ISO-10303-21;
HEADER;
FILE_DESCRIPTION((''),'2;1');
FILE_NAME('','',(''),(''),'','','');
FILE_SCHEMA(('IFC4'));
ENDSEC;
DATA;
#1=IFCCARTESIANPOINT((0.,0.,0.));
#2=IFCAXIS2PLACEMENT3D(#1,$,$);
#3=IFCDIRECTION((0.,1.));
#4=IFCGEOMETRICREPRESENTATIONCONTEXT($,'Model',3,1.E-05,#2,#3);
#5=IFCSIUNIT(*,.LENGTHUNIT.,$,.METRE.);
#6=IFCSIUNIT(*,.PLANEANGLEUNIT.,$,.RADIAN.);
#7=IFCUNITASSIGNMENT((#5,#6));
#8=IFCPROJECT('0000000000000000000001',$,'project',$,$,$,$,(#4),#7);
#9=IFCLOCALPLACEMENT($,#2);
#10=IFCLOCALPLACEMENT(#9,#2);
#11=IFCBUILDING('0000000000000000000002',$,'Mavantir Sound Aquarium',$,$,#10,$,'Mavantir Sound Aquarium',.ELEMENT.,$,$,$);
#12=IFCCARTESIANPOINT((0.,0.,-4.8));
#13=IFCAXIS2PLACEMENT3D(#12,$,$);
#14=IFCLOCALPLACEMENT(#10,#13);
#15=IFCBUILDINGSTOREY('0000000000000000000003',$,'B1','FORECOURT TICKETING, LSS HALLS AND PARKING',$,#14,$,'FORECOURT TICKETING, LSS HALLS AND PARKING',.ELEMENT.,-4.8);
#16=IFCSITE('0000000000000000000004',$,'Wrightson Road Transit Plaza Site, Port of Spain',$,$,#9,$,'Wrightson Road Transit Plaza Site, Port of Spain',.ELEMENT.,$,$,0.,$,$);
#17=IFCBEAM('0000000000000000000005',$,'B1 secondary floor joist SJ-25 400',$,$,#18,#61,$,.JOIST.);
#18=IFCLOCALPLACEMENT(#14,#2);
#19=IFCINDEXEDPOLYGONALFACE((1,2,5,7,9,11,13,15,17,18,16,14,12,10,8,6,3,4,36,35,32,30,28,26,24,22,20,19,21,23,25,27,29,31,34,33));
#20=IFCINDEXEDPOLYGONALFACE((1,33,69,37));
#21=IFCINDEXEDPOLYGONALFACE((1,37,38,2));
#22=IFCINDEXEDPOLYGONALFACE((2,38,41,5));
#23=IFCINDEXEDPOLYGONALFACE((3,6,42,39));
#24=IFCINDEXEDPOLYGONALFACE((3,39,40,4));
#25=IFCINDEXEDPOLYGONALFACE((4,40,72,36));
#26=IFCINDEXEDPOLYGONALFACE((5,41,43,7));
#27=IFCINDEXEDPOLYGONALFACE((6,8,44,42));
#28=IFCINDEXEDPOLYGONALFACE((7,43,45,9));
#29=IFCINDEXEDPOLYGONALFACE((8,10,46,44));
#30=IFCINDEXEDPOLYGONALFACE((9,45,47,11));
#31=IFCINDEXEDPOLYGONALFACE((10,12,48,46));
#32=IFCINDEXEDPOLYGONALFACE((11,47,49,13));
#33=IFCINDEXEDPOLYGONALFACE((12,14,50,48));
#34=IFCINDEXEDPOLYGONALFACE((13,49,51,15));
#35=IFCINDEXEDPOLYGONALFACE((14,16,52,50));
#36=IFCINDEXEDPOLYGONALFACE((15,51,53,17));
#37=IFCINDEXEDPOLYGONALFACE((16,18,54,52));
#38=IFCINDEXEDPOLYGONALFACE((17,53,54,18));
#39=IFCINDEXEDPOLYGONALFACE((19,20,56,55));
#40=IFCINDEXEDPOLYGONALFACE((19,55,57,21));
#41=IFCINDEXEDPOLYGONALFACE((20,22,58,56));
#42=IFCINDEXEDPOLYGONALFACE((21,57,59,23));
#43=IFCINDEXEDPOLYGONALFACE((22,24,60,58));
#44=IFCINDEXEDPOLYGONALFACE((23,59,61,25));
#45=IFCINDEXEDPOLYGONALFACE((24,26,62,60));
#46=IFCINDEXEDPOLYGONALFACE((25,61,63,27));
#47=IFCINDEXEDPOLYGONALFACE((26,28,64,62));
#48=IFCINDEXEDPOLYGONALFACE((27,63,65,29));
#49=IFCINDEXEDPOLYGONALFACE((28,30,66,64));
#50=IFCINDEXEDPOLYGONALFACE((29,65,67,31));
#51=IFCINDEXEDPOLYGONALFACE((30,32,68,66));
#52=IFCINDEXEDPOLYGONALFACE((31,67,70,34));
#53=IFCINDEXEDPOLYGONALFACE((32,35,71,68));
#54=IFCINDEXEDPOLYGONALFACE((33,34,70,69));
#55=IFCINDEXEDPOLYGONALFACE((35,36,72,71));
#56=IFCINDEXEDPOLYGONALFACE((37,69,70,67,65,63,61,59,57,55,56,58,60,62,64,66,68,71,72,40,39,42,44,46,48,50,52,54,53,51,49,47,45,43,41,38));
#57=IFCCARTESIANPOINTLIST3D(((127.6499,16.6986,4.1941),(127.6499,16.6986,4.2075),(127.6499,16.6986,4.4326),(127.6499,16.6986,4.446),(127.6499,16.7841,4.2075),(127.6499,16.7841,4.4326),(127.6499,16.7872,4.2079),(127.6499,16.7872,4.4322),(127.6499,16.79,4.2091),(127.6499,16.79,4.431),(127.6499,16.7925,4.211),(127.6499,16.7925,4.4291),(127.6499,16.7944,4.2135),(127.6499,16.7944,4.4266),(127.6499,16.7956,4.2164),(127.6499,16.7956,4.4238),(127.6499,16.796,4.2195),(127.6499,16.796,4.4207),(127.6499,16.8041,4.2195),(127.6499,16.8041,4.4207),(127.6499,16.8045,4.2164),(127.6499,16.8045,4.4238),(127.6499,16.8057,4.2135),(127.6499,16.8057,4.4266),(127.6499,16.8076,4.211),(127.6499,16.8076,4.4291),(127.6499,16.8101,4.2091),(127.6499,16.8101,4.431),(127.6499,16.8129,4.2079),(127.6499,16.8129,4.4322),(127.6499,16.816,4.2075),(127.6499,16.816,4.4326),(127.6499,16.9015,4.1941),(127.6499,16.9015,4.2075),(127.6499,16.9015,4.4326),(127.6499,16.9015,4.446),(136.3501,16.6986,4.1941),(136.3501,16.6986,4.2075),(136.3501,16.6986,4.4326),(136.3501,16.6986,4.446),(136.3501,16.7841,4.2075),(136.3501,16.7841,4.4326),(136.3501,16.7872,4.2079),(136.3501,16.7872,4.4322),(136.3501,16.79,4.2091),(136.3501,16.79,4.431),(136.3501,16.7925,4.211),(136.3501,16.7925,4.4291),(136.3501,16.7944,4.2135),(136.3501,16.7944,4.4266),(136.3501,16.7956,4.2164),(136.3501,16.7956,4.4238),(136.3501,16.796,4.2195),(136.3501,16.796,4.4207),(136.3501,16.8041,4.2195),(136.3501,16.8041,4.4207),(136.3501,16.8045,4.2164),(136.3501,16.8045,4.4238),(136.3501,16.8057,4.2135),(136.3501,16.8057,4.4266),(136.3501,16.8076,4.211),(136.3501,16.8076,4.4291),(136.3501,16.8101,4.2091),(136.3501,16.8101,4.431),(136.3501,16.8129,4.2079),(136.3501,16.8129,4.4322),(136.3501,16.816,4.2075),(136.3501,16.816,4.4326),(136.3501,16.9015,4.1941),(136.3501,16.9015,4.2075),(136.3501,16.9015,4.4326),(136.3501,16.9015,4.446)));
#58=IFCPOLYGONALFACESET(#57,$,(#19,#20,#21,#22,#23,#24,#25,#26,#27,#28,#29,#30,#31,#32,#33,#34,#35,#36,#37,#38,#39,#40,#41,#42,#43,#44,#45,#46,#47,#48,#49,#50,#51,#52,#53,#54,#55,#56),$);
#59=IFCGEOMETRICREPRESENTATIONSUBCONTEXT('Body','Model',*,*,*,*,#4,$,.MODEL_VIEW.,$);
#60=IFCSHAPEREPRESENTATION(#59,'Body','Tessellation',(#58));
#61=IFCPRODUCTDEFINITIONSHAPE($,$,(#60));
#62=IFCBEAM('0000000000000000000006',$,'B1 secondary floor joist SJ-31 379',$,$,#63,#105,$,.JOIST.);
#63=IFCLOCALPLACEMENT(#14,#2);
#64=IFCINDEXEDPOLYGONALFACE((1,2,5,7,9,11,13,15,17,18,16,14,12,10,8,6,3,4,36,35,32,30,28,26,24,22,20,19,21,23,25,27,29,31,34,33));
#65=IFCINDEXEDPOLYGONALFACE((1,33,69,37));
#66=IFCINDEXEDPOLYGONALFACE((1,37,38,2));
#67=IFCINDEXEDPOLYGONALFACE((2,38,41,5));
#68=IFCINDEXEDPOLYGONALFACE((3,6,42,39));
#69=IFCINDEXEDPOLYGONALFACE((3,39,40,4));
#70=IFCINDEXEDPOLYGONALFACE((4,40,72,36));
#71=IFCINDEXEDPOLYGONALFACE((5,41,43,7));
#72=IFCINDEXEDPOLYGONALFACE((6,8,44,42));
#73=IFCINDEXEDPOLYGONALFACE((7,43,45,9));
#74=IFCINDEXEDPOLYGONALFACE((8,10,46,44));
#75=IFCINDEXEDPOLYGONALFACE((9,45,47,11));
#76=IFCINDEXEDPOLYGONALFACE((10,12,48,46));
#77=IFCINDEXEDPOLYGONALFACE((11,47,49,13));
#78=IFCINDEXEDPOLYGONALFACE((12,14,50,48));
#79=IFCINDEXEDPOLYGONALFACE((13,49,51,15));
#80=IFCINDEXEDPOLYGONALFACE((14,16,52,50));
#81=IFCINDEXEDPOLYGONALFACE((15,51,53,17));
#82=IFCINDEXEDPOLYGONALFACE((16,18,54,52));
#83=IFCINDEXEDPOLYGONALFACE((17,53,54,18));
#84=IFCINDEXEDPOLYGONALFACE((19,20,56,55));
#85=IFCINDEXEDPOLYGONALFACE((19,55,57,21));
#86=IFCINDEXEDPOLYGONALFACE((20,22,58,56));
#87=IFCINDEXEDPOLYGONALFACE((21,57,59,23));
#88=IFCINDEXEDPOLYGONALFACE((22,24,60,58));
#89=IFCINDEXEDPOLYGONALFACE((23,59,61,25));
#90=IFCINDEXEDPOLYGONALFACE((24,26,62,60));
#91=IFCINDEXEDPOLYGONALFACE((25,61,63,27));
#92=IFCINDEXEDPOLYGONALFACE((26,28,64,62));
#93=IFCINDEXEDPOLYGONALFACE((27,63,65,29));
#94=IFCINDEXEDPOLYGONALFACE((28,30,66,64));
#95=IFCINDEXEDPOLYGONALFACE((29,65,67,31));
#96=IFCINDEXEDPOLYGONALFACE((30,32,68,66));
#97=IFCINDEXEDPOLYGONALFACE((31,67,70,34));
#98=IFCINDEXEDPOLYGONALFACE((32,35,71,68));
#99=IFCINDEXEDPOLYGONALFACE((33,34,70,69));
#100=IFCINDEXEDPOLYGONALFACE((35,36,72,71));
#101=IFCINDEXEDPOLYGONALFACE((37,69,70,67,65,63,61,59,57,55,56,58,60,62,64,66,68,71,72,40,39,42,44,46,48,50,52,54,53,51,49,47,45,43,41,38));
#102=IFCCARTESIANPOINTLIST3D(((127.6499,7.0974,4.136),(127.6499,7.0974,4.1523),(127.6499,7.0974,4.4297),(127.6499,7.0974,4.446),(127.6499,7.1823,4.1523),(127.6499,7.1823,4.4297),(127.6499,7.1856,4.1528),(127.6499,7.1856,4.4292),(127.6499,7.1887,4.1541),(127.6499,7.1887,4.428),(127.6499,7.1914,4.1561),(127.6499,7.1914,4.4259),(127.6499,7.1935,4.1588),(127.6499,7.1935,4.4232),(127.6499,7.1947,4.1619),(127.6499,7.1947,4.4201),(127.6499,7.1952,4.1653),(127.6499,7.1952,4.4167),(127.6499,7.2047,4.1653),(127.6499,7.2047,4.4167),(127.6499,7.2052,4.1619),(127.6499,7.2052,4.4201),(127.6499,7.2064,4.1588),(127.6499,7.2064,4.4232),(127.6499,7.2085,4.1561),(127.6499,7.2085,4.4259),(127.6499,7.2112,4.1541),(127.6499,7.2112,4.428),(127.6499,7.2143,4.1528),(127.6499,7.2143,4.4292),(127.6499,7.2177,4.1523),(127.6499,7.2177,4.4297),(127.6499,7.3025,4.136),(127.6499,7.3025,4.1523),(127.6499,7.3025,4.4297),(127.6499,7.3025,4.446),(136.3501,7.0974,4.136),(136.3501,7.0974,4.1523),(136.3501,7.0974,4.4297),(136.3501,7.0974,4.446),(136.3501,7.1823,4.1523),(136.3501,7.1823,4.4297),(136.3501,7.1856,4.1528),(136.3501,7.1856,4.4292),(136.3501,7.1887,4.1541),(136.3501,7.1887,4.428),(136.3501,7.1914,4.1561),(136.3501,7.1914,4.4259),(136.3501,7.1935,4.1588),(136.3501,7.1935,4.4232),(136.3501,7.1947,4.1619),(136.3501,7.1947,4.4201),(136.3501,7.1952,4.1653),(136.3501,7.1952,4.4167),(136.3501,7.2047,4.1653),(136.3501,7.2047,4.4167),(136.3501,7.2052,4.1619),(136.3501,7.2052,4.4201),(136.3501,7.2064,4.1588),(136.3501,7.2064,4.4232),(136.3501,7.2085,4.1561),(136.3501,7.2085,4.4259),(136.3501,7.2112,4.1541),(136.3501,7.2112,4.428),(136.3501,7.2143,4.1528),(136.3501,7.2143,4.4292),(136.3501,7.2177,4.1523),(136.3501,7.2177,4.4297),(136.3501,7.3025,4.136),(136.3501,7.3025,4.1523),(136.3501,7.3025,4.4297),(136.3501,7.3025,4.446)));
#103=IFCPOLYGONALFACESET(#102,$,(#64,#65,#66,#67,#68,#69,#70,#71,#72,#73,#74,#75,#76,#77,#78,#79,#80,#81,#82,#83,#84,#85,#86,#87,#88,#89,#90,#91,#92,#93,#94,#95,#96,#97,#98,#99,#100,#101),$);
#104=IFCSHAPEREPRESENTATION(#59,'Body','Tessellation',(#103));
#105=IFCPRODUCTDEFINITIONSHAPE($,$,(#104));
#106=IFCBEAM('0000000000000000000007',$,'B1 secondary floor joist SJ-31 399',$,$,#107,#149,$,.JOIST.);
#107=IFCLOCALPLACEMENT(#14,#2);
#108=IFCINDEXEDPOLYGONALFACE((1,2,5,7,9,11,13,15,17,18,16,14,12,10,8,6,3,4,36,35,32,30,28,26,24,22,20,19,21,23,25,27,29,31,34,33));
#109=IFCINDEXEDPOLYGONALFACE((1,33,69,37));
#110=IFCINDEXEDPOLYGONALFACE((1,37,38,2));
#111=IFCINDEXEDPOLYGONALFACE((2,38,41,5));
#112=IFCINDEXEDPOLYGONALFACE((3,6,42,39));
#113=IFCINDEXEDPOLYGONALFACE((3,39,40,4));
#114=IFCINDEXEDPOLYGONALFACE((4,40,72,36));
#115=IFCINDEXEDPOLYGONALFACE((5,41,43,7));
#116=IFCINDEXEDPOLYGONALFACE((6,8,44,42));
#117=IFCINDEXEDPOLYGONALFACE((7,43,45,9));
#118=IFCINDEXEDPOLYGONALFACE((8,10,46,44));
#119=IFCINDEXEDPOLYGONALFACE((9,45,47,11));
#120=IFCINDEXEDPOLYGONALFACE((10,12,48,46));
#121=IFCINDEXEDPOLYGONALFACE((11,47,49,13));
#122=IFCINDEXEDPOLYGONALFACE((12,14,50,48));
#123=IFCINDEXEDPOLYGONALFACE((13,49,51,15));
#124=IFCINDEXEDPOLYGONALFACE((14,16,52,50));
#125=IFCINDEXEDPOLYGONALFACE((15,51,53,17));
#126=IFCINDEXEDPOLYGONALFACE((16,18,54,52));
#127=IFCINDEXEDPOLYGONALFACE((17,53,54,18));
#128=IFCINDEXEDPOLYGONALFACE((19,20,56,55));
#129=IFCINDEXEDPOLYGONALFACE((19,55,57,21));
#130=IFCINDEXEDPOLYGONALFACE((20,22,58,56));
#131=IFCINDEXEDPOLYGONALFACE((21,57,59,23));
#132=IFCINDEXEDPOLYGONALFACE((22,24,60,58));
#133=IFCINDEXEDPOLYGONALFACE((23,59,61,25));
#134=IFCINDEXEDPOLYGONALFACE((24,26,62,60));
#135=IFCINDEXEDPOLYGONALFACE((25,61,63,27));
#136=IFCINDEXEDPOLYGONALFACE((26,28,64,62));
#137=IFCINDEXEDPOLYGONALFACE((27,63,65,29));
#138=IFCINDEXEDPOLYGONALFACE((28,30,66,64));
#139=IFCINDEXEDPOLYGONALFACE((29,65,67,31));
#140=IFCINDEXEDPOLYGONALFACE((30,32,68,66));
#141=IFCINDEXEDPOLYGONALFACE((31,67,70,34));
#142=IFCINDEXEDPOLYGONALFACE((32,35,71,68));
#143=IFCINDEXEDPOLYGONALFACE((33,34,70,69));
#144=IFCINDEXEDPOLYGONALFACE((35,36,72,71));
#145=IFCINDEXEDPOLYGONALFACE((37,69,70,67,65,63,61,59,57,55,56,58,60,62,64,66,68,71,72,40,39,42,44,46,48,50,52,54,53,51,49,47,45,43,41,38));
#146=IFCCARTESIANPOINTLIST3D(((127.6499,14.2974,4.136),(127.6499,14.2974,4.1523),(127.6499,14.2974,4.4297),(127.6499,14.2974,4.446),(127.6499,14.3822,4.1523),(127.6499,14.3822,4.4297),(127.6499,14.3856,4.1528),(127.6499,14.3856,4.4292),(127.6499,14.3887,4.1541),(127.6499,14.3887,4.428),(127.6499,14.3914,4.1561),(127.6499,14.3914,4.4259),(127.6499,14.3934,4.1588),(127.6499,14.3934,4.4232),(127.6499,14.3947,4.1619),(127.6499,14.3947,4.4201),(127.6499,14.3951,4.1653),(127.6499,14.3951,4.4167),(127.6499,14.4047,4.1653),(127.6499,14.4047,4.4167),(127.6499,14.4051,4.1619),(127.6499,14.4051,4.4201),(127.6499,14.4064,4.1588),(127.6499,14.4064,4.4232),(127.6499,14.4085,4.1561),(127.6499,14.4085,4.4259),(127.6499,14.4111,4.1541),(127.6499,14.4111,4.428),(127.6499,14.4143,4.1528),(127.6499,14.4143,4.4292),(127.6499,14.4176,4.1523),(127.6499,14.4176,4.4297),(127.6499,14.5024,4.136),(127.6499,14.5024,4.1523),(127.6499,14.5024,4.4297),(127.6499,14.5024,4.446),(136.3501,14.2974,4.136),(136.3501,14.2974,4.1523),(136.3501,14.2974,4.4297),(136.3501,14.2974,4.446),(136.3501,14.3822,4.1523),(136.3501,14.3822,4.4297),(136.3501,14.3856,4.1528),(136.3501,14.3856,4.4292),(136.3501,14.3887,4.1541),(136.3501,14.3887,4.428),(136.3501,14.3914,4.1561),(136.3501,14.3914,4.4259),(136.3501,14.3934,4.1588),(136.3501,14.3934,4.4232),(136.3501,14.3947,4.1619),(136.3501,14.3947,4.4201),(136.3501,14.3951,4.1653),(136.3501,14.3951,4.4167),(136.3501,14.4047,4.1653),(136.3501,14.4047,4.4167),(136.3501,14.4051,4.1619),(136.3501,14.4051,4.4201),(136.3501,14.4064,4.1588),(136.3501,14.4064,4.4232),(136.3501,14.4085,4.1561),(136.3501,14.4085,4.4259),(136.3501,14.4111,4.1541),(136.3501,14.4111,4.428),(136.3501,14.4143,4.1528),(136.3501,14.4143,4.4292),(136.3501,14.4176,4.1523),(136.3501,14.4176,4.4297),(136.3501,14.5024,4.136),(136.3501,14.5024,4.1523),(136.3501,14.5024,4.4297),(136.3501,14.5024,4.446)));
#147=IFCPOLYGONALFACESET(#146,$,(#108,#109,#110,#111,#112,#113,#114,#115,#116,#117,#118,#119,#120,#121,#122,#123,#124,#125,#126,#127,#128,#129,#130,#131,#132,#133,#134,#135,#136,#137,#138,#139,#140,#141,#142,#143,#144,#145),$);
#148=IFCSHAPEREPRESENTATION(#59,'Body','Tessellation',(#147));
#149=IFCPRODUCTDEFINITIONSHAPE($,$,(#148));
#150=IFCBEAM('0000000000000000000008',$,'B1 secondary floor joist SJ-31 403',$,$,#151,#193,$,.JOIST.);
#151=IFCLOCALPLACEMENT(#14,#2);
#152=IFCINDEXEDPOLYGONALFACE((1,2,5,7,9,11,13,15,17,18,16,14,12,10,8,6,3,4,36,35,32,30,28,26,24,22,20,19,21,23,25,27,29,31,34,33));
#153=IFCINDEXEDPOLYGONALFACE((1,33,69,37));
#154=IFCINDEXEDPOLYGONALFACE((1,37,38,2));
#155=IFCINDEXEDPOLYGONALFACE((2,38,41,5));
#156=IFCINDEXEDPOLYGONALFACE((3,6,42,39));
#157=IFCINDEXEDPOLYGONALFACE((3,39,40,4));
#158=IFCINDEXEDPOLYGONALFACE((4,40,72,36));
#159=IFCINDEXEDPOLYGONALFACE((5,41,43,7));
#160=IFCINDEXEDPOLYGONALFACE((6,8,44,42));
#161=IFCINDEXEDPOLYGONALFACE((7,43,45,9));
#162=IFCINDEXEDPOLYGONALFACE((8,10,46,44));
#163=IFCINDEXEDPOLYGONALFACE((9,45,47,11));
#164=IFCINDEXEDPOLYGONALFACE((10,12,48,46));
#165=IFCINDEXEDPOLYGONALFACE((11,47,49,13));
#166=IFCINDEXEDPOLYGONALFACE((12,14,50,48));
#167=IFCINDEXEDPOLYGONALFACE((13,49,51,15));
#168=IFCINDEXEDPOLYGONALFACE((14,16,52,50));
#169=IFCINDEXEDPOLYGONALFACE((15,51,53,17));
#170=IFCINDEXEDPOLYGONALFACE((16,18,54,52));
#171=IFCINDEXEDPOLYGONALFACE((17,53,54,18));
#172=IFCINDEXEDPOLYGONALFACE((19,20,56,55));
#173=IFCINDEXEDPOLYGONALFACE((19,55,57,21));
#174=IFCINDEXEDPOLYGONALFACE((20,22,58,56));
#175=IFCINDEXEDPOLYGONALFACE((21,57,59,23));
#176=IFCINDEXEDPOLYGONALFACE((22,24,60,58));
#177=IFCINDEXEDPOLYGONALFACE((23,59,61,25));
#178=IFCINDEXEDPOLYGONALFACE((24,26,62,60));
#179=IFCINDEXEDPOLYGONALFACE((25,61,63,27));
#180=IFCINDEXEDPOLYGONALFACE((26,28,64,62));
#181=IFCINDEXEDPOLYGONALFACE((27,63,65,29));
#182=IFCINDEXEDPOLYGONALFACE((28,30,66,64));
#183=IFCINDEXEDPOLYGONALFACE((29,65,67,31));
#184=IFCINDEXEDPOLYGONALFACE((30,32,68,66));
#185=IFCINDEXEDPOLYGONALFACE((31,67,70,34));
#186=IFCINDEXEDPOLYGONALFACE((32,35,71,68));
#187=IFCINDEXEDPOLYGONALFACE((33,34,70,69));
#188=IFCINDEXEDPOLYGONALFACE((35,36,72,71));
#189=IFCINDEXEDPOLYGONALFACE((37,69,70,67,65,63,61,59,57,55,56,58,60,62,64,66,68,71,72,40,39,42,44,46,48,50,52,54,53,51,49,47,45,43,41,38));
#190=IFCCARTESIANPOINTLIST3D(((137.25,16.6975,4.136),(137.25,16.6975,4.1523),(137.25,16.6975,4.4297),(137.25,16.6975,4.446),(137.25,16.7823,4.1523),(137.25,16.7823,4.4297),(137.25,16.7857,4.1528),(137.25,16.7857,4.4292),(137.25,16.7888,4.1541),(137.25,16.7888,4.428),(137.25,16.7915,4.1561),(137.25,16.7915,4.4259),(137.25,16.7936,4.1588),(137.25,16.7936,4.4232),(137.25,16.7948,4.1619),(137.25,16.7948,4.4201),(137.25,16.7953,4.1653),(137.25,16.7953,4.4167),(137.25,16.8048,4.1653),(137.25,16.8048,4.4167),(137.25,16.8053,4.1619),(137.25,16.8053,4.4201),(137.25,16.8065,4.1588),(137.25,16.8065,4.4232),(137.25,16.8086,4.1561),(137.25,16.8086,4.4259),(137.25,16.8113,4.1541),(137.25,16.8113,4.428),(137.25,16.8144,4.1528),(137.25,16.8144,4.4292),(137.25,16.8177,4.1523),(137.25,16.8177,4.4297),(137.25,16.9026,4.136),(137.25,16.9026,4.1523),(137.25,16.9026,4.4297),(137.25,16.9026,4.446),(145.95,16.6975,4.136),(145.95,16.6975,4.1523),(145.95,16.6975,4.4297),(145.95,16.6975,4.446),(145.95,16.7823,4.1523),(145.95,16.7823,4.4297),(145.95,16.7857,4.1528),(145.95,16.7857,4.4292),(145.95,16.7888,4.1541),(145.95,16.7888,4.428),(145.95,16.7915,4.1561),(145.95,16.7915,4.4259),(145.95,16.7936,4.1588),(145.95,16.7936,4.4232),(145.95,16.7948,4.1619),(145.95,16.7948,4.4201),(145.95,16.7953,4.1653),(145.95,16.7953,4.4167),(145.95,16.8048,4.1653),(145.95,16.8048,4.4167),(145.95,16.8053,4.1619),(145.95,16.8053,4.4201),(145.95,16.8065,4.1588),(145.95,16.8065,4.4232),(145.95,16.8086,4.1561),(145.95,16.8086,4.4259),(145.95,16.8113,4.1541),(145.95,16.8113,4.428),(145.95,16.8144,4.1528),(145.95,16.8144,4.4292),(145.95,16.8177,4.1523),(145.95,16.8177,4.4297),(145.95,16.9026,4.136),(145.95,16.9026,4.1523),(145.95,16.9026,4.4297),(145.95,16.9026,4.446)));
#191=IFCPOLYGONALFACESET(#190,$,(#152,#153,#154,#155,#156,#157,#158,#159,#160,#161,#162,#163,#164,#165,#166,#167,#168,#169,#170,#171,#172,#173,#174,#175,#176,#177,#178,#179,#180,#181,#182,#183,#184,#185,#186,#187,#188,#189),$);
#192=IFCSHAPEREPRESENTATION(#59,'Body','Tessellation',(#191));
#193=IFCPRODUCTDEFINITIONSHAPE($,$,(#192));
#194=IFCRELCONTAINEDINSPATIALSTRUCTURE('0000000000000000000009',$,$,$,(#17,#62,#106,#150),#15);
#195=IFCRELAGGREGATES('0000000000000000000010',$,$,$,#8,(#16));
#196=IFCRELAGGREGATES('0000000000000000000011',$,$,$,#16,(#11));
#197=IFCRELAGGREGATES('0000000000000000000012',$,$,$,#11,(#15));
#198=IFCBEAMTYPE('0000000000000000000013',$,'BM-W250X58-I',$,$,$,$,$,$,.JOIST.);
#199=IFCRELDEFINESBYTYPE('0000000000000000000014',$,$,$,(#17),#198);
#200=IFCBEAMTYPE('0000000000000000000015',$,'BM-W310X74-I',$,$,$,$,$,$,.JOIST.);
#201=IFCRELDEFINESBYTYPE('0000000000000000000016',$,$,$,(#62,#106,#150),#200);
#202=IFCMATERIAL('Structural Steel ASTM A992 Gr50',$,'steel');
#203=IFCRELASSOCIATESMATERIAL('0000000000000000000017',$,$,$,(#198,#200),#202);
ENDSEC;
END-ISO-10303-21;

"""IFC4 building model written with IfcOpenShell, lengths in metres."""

from ifc_helpers import new_model, si_unit, direction, frame, origin, origin_2d, place, context, subcontext, project, spatial, i_section, extrude, material, material_profile, profile_set, type_object, element, save


model = new_model("IFC4")

# Units and contexts
model_context = context("Model", 3, precision=1e-05, world=origin(), true_north=direction((0.0, 1.0)))
body_context = subcontext(model_context, "Body", "Model", "MODEL_VIEW")
ifc_project = project(units=[si_unit("LENGTHUNIT", "METRE"), si_unit("PLANEANGLEUNIT", "RADIAN")], contexts=[model_context])

# Site, building, storey
site_placement = place(None, origin())
site = spatial("IfcSite", under=ifc_project, at=site_placement, Name="Wrightson Road Transit Plaza Site, Port of Spain", LongName="Wrightson Road Transit Plaza Site, Port of Spain", CompositionType="ELEMENT", RefElevation=0.0)
building_placement = place(site_placement, origin())
building = spatial("IfcBuilding", under=site, at=building_placement, Name="Mavantir Sound Aquarium", LongName="Mavantir Sound Aquarium", CompositionType="ELEMENT")
storey_placement = place(building_placement, frame((0.0, 0.0, -4.8)))
storey = spatial("IfcBuildingStorey", under=building, at=storey_placement, Name="B1", Description="FORECOURT TICKETING, LSS HALLS AND PARKING", LongName="FORECOURT TICKETING, LSS HALLS AND PARKING", CompositionType="ELEMENT", Elevation=-4.8)

# Beams
ifc_material_1 = material(Name="Structural Steel ASTM A992 Gr50", Category="steel")
ifc_material_profile_1 = material_profile(ifc_material_1, i_section(OverallWidth=0.2029, OverallDepth=0.252, WebThickness=0.0081, FlangeThickness=0.0134, FilletRadius=0.012, at=origin_2d()), Name="W250X58")
ifc_profile_set_1 = profile_set([ifc_material_profile_1], Name="Structural Steel ASTM A992 Gr50")
beam_type_1 = type_object("IfcBeamType", Name="BM-W250X58-I", PredefinedType="JOIST", material=ifc_profile_set_1)
beam_1_placement = place(storey_placement, frame((127.6499, 16.8, 4.3201), z_axis=(1.0, 0.0, 0.0), x_axis=(0.0, 1.0, 0.0)))
element("IfcBeam", 1, at=beam_1_placement, inside=storey, type_object=beam_type_1, Name="B1 secondary floor joist SJ-25 400", PredefinedType="JOIST", context=body_context, shape_type="SweptSolid", body=[
    extrude(i_section(OverallWidth=0.2029, OverallDepth=0.252, WebThickness=0.0081, FlangeThickness=0.0134, FilletRadius=0.012, at=origin_2d()), origin(), (0.0, 0.0, 1.0), 8.7002),
])
ifc_material_profile_2 = material_profile(ifc_material_1, i_section(OverallWidth=0.2051, OverallDepth=0.3101, WebThickness=0.0095, FlangeThickness=0.0164, FilletRadius=0.0129, at=origin_2d()), Name="W310X74")
ifc_profile_set_2 = profile_set([ifc_material_profile_2], Name="Structural Steel ASTM A992 Gr50")
beam_type_2 = type_object("IfcBeamType", Name="BM-W310X74-I", PredefinedType="JOIST", material=ifc_profile_set_2)
for number, where, z_axis, x_axis, name in (
    (2, (127.6499, 7.2, 4.291), (1.0, 0.0, 0.0), (0.0, 1.0, 0.0), "B1 secondary floor joist SJ-31 379"),
    (3, (127.6499, 14.3999, 4.291), (1.0, 0.0, 0.0), (0.0, 1.0, 0.0), "B1 secondary floor joist SJ-31 399"),
):
    element("IfcBeam", number, at=place(storey_placement, frame(where, z_axis=z_axis, x_axis=x_axis)), inside=storey, type_object=beam_type_2, Name=name, PredefinedType="JOIST", context=body_context, shape_type="SweptSolid", body=[
        extrude(i_section(OverallWidth=0.2051, OverallDepth=0.3101, WebThickness=0.0095, FlangeThickness=0.0164, FilletRadius=0.0129, at=origin_2d()), origin(), (0.0, 0.0, 1.0), 8.7002),
    ])
beam_2_placement = place(storey_placement, frame((137.25, 16.8, 4.291), z_axis=(1.0, 0.0, 0.0), x_axis=(0.0, 1.0, 0.0)))
element("IfcBeam", 4, at=beam_2_placement, inside=storey, type_object=beam_type_2, Name="B1 secondary floor joist SJ-31 403", PredefinedType="JOIST", context=body_context, shape_type="SweptSolid", body=[
    extrude(i_section(OverallWidth=0.2051, OverallDepth=0.3101, WebThickness=0.0095, FlangeThickness=0.0164, FilletRadius=0.0129, at=origin_2d()), origin(), (0.0, 0.0, 1.0), 8.7),
])

save(model, "model.ifc")
